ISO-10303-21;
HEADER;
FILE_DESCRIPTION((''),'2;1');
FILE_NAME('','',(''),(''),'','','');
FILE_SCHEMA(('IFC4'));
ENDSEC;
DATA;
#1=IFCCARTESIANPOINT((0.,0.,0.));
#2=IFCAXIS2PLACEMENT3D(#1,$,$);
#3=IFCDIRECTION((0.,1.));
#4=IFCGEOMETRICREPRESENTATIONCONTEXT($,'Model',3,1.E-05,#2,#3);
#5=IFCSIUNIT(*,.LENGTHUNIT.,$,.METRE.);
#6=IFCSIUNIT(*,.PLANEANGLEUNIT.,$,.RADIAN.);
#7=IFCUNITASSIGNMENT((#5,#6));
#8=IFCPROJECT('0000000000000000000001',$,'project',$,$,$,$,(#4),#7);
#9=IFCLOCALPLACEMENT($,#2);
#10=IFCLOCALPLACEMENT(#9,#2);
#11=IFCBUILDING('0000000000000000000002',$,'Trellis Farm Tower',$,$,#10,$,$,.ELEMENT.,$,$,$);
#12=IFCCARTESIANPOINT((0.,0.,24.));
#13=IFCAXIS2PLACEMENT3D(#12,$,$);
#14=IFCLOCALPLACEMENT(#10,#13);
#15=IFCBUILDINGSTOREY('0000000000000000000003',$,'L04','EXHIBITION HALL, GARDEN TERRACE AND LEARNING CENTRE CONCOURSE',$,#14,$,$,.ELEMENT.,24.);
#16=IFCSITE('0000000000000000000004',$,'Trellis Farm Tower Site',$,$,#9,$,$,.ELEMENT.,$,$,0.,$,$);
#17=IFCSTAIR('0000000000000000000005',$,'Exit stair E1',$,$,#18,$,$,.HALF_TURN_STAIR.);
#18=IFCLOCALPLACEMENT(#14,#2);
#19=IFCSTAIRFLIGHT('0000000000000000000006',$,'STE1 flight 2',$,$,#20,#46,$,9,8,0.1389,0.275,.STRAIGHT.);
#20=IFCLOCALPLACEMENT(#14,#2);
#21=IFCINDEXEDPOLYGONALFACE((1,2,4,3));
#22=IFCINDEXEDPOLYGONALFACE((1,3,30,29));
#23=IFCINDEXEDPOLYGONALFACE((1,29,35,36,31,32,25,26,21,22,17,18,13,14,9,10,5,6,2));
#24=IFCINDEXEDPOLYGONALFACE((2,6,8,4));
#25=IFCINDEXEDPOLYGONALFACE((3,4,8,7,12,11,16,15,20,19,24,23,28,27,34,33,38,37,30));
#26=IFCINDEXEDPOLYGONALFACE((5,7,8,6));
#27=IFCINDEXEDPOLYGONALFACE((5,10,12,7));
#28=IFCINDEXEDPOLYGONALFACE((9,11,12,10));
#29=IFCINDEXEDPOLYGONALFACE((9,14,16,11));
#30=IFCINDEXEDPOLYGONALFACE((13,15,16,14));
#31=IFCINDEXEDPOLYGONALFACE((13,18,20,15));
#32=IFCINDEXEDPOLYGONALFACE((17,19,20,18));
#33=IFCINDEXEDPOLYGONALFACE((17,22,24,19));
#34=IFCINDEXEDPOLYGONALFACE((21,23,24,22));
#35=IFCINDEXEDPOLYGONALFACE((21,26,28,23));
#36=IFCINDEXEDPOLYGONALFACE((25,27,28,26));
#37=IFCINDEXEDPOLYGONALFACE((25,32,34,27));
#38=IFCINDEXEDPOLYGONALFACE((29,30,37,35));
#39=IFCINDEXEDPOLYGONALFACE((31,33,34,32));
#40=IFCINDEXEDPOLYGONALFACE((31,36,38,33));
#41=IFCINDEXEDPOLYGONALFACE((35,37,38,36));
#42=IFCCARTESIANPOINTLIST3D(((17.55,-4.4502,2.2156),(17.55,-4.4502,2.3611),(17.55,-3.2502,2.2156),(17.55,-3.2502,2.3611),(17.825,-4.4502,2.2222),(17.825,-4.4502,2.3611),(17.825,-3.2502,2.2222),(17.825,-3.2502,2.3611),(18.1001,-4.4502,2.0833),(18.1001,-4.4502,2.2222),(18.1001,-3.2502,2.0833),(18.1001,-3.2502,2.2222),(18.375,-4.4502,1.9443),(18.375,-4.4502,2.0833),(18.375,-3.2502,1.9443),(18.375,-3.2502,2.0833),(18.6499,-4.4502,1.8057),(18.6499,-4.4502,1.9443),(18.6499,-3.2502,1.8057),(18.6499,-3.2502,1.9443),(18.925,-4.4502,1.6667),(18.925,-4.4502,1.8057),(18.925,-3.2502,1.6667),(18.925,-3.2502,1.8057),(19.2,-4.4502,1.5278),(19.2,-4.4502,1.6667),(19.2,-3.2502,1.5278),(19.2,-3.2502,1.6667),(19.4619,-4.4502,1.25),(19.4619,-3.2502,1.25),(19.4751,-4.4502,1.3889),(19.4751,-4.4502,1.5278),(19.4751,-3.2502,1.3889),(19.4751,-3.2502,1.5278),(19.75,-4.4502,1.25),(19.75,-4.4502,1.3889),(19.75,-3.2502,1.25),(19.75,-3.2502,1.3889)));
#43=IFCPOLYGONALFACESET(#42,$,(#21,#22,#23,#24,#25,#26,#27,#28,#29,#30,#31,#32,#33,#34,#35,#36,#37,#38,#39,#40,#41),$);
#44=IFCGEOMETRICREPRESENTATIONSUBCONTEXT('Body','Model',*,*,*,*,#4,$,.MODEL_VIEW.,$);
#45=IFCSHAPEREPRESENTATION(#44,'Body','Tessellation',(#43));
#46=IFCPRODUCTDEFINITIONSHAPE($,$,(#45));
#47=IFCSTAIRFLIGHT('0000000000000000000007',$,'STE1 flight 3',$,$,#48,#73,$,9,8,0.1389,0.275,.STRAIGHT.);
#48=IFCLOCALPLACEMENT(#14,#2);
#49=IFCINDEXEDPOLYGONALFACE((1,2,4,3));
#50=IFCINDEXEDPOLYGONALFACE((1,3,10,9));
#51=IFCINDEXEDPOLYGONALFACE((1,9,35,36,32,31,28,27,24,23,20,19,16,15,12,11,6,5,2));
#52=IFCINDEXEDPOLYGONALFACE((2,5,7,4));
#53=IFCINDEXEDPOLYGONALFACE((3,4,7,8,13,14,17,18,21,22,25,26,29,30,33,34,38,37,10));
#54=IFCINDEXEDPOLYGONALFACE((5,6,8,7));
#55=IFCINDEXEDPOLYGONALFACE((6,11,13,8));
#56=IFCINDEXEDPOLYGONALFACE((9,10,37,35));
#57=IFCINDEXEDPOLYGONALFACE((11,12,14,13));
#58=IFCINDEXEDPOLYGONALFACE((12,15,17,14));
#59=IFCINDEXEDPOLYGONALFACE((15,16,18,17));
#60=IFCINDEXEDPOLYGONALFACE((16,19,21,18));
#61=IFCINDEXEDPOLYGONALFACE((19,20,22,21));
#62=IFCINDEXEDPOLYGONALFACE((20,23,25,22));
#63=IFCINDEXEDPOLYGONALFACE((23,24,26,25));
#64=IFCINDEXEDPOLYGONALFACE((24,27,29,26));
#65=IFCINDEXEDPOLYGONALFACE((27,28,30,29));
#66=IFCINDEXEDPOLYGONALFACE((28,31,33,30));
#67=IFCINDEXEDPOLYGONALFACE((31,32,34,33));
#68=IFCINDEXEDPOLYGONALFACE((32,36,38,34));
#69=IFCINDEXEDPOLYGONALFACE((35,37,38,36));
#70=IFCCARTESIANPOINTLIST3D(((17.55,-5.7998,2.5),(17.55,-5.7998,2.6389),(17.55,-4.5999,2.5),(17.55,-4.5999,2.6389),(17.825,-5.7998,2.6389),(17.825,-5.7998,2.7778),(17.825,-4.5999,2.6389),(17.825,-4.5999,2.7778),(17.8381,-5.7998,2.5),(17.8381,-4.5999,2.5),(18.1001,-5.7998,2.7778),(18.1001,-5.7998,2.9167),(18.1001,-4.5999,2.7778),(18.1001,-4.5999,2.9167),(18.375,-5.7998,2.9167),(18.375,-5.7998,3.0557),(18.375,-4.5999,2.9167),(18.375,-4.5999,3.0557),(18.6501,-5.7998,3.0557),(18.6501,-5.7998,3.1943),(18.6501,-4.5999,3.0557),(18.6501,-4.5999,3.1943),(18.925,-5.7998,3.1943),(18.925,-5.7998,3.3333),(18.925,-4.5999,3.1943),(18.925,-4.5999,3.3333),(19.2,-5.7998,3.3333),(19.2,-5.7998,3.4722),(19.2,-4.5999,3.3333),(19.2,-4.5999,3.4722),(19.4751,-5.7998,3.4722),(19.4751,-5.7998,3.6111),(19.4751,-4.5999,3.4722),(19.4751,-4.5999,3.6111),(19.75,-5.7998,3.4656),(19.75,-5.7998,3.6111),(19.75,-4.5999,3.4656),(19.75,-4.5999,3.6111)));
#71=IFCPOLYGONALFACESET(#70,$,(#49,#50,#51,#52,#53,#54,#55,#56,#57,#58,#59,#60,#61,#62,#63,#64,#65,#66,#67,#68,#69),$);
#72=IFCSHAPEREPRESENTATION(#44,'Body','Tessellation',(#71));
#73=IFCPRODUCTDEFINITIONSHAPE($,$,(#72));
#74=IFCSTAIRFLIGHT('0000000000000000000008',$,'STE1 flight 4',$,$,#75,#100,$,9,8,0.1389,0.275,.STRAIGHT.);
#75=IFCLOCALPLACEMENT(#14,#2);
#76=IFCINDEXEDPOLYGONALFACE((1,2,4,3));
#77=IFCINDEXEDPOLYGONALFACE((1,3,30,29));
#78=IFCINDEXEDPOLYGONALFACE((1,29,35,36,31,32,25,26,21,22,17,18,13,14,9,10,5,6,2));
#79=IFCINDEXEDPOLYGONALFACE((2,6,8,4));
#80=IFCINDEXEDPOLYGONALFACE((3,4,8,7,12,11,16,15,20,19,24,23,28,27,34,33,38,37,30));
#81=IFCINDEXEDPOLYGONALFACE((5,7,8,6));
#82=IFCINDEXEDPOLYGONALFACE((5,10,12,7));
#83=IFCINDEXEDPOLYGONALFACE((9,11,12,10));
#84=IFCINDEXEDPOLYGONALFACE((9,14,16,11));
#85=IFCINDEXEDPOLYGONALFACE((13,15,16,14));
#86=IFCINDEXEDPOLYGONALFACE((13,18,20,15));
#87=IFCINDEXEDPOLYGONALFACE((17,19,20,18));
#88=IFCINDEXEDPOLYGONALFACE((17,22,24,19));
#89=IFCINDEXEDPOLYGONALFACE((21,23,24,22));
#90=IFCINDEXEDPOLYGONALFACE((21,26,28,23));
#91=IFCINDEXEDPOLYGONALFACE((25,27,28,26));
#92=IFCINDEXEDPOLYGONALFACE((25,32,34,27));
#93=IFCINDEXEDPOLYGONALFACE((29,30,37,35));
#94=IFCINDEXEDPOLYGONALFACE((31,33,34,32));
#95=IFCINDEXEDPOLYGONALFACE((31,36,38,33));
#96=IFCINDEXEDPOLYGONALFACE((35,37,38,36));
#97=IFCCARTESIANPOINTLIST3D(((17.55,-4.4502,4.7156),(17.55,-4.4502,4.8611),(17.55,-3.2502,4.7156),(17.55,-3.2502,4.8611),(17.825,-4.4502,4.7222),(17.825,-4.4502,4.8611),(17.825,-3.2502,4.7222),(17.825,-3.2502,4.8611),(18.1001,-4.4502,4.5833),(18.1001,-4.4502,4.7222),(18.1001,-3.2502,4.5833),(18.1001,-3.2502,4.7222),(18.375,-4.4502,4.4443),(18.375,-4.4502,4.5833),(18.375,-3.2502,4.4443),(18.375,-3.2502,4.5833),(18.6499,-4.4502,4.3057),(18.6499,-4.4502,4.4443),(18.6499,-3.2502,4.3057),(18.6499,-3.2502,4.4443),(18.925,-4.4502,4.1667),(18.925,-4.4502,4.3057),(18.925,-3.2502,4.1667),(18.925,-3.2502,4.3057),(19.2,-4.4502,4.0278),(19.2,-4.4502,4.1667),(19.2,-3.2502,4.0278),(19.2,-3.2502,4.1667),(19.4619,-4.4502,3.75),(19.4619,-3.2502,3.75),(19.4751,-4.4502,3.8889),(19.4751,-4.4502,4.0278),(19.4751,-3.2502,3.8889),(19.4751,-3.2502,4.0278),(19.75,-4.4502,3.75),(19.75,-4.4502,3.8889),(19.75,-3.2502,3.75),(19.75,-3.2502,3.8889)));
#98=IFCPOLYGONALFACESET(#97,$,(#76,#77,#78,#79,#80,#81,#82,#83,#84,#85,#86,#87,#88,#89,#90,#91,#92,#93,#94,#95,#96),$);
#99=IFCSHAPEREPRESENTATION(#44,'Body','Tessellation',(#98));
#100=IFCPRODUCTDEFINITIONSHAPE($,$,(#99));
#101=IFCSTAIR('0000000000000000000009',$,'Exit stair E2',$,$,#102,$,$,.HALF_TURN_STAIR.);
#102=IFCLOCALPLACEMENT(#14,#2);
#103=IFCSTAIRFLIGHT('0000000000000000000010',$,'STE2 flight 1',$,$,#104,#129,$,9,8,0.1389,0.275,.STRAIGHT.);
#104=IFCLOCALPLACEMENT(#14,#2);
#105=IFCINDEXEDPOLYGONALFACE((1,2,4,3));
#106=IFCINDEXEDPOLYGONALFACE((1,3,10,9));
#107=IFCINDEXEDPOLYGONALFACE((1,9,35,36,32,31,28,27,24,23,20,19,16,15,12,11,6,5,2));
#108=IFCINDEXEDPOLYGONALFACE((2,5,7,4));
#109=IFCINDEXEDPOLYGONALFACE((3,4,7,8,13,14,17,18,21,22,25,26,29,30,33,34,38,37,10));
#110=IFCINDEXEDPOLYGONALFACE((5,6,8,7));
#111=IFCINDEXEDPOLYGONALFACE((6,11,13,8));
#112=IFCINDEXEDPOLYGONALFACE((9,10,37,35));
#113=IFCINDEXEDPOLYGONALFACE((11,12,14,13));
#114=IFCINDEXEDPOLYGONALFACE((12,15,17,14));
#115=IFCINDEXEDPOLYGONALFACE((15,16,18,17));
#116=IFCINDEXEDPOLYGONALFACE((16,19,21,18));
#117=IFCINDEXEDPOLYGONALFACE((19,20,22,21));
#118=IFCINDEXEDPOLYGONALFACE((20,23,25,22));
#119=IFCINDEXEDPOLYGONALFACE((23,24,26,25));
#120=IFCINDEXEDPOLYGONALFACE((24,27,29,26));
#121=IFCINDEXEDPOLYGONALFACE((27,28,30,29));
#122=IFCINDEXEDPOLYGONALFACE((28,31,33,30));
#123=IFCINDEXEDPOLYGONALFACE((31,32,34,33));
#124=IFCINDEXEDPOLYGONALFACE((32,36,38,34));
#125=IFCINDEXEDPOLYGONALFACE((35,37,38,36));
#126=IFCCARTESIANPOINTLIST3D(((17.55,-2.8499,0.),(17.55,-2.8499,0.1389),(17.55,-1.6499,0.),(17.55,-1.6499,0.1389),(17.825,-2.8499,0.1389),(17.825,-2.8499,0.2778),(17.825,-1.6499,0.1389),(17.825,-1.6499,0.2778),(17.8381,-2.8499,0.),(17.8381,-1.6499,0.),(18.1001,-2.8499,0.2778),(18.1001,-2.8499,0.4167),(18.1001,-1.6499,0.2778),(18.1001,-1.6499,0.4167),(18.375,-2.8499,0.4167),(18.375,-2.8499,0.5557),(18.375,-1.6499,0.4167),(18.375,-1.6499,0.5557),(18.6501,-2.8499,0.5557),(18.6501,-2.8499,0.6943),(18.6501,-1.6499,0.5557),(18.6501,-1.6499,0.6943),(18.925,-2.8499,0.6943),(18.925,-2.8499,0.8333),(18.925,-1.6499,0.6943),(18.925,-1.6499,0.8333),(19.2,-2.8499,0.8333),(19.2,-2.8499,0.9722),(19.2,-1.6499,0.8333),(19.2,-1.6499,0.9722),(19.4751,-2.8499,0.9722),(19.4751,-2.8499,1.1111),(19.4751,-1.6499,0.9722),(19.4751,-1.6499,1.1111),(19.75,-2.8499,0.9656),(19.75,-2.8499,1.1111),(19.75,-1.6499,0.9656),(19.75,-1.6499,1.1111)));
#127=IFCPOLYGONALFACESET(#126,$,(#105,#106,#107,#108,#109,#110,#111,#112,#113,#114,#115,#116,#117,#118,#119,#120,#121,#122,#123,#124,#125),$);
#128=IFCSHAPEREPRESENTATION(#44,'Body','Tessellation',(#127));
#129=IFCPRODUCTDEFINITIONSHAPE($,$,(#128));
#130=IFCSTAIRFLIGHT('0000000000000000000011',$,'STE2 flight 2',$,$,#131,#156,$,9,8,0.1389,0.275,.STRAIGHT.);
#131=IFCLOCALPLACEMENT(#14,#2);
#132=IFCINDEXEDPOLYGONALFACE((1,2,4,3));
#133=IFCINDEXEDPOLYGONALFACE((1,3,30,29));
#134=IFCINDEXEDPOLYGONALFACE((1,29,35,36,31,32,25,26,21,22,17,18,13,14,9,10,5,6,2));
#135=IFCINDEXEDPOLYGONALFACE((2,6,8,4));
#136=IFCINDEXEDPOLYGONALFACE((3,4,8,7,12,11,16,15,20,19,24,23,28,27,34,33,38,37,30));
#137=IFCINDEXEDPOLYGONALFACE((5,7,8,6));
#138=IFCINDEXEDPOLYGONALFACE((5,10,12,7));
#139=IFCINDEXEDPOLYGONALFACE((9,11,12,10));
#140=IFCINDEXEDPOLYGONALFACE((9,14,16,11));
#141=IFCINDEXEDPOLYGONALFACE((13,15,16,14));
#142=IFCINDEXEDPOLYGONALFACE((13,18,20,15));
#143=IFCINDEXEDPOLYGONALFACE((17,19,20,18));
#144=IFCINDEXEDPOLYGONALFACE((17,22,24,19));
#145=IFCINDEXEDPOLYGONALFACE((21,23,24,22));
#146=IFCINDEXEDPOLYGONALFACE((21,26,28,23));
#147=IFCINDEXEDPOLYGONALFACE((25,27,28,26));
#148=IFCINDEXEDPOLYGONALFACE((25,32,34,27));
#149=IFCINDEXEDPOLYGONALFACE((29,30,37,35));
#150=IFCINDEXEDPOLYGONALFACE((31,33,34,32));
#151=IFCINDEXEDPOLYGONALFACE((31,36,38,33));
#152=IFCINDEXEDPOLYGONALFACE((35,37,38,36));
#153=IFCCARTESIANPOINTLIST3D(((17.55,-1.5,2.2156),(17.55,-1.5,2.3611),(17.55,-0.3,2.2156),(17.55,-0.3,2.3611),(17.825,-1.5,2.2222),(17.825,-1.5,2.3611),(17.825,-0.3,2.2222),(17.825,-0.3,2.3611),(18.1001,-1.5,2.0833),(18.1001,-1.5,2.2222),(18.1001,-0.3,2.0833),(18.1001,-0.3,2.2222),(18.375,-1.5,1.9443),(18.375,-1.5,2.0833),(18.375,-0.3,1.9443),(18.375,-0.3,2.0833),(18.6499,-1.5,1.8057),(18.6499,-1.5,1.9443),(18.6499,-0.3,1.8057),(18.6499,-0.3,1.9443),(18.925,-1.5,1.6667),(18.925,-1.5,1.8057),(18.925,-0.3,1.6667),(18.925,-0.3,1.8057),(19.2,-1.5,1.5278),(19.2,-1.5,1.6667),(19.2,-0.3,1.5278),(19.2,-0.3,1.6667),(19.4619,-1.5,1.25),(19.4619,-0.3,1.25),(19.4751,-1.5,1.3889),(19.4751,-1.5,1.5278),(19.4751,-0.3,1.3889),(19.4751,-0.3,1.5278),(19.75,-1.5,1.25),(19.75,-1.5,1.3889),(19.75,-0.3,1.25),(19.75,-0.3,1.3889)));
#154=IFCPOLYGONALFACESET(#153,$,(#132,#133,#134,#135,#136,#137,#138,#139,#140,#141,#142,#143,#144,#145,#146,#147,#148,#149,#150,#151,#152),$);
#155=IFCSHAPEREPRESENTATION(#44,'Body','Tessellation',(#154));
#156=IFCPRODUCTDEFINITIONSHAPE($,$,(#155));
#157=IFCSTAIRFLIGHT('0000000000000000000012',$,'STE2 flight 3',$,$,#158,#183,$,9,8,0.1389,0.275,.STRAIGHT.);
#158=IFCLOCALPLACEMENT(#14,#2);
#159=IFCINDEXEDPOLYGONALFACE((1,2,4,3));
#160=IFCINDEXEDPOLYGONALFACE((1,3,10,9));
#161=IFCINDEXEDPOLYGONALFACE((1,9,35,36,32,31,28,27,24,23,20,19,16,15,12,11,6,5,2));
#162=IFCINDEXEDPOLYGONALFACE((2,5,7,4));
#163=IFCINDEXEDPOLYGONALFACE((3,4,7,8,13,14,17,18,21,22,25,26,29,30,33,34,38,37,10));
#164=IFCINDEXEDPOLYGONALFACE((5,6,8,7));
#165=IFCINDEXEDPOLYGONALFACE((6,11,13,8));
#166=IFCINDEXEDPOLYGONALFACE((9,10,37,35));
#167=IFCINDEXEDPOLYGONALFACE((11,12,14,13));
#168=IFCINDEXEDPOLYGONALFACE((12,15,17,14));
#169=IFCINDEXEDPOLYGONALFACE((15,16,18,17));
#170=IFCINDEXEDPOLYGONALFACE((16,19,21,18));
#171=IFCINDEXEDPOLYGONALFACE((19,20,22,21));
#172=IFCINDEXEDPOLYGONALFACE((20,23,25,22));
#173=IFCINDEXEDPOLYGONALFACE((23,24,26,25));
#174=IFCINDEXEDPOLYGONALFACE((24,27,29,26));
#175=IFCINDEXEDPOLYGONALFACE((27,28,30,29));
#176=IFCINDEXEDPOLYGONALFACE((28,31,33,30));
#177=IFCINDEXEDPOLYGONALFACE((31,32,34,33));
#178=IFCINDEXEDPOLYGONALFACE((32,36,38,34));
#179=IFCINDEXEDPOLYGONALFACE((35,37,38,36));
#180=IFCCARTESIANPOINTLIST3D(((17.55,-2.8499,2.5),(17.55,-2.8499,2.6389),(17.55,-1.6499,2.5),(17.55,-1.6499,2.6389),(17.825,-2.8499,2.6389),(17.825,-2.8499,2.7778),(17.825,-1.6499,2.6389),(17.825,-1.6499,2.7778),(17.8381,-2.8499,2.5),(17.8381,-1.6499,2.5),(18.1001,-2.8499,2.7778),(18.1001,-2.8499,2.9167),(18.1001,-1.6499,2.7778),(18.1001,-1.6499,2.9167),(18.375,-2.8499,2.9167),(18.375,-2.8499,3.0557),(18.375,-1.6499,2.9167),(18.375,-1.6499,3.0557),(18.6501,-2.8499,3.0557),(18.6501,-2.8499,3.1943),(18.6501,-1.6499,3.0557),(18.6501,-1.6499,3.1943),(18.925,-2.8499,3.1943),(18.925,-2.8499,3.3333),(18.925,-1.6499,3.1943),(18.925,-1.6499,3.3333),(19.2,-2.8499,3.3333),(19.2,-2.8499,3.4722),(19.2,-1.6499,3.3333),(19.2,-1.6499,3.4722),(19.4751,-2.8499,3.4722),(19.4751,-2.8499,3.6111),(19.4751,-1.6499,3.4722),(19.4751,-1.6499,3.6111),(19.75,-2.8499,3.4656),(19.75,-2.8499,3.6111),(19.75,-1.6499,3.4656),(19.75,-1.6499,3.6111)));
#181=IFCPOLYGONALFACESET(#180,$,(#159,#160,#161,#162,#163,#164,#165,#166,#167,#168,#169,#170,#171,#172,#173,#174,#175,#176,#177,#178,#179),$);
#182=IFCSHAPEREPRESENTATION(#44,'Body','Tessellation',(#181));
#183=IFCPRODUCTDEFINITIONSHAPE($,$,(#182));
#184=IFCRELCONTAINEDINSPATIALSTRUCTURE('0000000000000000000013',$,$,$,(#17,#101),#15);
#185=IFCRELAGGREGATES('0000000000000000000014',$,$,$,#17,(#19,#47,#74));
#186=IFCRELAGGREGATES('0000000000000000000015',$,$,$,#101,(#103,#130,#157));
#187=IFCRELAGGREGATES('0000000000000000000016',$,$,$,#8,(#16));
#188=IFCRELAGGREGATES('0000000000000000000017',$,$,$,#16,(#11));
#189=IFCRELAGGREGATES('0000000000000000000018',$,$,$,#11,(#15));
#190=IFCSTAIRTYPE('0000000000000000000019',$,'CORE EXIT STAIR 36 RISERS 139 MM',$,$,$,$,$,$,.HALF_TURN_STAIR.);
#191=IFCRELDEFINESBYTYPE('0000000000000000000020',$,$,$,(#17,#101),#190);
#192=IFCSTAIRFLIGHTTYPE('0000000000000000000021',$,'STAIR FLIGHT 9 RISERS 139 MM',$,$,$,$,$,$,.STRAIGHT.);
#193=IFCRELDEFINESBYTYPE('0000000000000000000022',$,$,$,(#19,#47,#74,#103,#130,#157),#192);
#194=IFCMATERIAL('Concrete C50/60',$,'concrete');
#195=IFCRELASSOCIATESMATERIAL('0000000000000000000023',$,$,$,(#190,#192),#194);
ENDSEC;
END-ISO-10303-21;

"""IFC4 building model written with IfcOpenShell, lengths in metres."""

from ifc_helpers import new_model, si_unit, direction, frame, origin, place, context, subcontext, project, spatial, polyline, outline, extrude, source, transform, mapped, material, type_object, element, aggregate, save


model = new_model("IFC4")

# Units and contexts
model_context = context("Model", 3, precision=1e-05, world=origin(), true_north=direction((0.0, 1.0)))
body_context = subcontext(model_context, "Body", "Model", "MODEL_VIEW")
ifc_project = project(units=[si_unit("LENGTHUNIT", "METRE"), si_unit("PLANEANGLEUNIT", "RADIAN")], contexts=[model_context])

# Site, building, storey
site_placement = place(None, origin())
site = spatial("IfcSite", under=ifc_project, at=site_placement, Name="Trellis Farm Tower Site", CompositionType="ELEMENT", RefElevation=0.0)
building_placement = place(site_placement, origin())
building = spatial("IfcBuilding", under=site, at=building_placement, Name="Trellis Farm Tower", CompositionType="ELEMENT")
storey_placement = place(building_placement, frame((0.0, 0.0, 24.0)))
storey = spatial("IfcBuildingStorey", under=building, at=storey_placement, Name="L04", Description="EXHIBITION HALL, GARDEN TERRACE AND LEARNING CENTRE CONCOURSE", CompositionType="ELEMENT", Elevation=24.0)

# Stairs, stair flights
ifc_material_1 = material(Name="Concrete C50/60", Category="concrete")
stair_type = type_object("IfcStairType", Name="CORE EXIT STAIR 36 RISERS 139 MM", PredefinedType="HALF_TURN_STAIR", material=ifc_material_1)
placement = place(storey_placement, origin())
stair_1 = element("IfcStair", 1, at=placement, inside=storey, type_object=stair_type, Name="Exit stair E1", PredefinedType="HALF_TURN_STAIR")
stair_flight_type = type_object("IfcStairFlightType", Name="STAIR FLIGHT 9 RISERS 139 MM", PredefinedType="STRAIGHT", material=ifc_material_1)
shared_shape_1 = source(origin(), body_context, "Body", "SweptSolid", [
    extrude(outline(polyline([(0.0, 0.0), (0.0, 0.1389), (0.2749, 0.1389), (0.2749, 0.2778), (0.55, 0.2778), (0.55, 0.4167), (0.825, 0.4167), (0.825, 0.5557), (1.1001, 0.5557), (1.1001, 0.6943), (1.375, 0.6943), (1.375, 0.8333), (1.6499, 0.8333), (1.6499, 0.9722), (1.925, 0.9722), (1.925, 1.1111), (2.2, 1.1111), (2.2, 1.25), (2.2, 0.9656), (0.2881, 0.0), (0.0, 0.0)])), frame((0.0, 0.6001, 0.0), z_axis=(0.0, -1.0, 0.0), x_axis=(1.0, 0.0, 0.0)), (0.0, 0.0, 1.0), 1.2),
])
stair_flight_1_placement = place(storey_placement, frame((19.75, -3.8501, 1.25), z_axis=(0.0, 0.0, 1.0), x_axis=(-1.0, 0.0, 0.0)))
stair_flight_1 = element("IfcStairFlight", 2, at=stair_flight_1_placement, type_object=stair_flight_type, Name="STE1 flight 2", NumberOfRisers=9, NumberOfTreads=8, PredefinedType="STRAIGHT", RiserHeight=0.1389, TreadLength=0.275, context=body_context, shape_type="MappedRepresentation", body=[
    mapped(shared_shape_1, transform((0.0, 0.0, 0.0))),
])
stair_flight_2_placement = place(storey_placement, frame((17.55, -5.2, 2.5), z_axis=(0.0, 0.0, 1.0), x_axis=(1.0, 0.0, 0.0)))
stair_flight_2 = element("IfcStairFlight", 3, at=stair_flight_2_placement, type_object=stair_flight_type, Name="STE1 flight 3", NumberOfRisers=9, NumberOfTreads=8, PredefinedType="STRAIGHT", RiserHeight=0.1389, TreadLength=0.275, context=body_context, shape_type="MappedRepresentation", body=[
    mapped(shared_shape_1, transform((0.0, 0.0, 0.0))),
])
stair_flight_3_placement = place(storey_placement, frame((19.75, -3.8501, 3.75), z_axis=(0.0, 0.0, 1.0), x_axis=(-1.0, 0.0, 0.0)))
stair_flight_3 = element("IfcStairFlight", 4, at=stair_flight_3_placement, type_object=stair_flight_type, Name="STE1 flight 4", NumberOfRisers=9, NumberOfTreads=8, PredefinedType="STRAIGHT", RiserHeight=0.1389, TreadLength=0.275, context=body_context, shape_type="MappedRepresentation", body=[
    mapped(shared_shape_1, transform((0.0, 0.0, 0.0))),
])
aggregate(stair_1, [stair_flight_1, stair_flight_2, stair_flight_3])
stair_2 = element("IfcStair", 5, at=placement, inside=storey, type_object=stair_type, Name="Exit stair E2", PredefinedType="HALF_TURN_STAIR")
stair_flight_4_placement = place(storey_placement, frame((17.55, -2.25, 0.0), z_axis=(0.0, 0.0, 1.0), x_axis=(1.0, 0.0, 0.0)))
stair_flight_4 = element("IfcStairFlight", 6, at=stair_flight_4_placement, type_object=stair_flight_type, Name="STE2 flight 1", NumberOfRisers=9, NumberOfTreads=8, PredefinedType="STRAIGHT", RiserHeight=0.1389, TreadLength=0.275, context=body_context, shape_type="MappedRepresentation", body=[
    mapped(shared_shape_1, transform((0.0, 0.0, 0.0))),
])
stair_flight_5_placement = place(storey_placement, frame((19.75, -0.8999, 1.25), z_axis=(0.0, 0.0, 1.0), x_axis=(-1.0, 0.0, 0.0)))
stair_flight_5 = element("IfcStairFlight", 7, at=stair_flight_5_placement, type_object=stair_flight_type, Name="STE2 flight 2", NumberOfRisers=9, NumberOfTreads=8, PredefinedType="STRAIGHT", RiserHeight=0.1389, TreadLength=0.275, context=body_context, shape_type="MappedRepresentation", body=[
    mapped(shared_shape_1, transform((0.0, 0.0, 0.0))),
])
stair_flight_6_placement = place(storey_placement, frame((17.55, -2.25, 2.5), z_axis=(0.0, 0.0, 1.0), x_axis=(1.0, 0.0, 0.0)))
stair_flight_6 = element("IfcStairFlight", 8, at=stair_flight_6_placement, type_object=stair_flight_type, Name="STE2 flight 3", NumberOfRisers=9, NumberOfTreads=8, PredefinedType="STRAIGHT", RiserHeight=0.1389, TreadLength=0.275, context=body_context, shape_type="MappedRepresentation", body=[
    mapped(shared_shape_1, transform((0.0, 0.0, 0.0))),
])
aggregate(stair_2, [stair_flight_4, stair_flight_5, stair_flight_6])

save(model, "model.ifc")
